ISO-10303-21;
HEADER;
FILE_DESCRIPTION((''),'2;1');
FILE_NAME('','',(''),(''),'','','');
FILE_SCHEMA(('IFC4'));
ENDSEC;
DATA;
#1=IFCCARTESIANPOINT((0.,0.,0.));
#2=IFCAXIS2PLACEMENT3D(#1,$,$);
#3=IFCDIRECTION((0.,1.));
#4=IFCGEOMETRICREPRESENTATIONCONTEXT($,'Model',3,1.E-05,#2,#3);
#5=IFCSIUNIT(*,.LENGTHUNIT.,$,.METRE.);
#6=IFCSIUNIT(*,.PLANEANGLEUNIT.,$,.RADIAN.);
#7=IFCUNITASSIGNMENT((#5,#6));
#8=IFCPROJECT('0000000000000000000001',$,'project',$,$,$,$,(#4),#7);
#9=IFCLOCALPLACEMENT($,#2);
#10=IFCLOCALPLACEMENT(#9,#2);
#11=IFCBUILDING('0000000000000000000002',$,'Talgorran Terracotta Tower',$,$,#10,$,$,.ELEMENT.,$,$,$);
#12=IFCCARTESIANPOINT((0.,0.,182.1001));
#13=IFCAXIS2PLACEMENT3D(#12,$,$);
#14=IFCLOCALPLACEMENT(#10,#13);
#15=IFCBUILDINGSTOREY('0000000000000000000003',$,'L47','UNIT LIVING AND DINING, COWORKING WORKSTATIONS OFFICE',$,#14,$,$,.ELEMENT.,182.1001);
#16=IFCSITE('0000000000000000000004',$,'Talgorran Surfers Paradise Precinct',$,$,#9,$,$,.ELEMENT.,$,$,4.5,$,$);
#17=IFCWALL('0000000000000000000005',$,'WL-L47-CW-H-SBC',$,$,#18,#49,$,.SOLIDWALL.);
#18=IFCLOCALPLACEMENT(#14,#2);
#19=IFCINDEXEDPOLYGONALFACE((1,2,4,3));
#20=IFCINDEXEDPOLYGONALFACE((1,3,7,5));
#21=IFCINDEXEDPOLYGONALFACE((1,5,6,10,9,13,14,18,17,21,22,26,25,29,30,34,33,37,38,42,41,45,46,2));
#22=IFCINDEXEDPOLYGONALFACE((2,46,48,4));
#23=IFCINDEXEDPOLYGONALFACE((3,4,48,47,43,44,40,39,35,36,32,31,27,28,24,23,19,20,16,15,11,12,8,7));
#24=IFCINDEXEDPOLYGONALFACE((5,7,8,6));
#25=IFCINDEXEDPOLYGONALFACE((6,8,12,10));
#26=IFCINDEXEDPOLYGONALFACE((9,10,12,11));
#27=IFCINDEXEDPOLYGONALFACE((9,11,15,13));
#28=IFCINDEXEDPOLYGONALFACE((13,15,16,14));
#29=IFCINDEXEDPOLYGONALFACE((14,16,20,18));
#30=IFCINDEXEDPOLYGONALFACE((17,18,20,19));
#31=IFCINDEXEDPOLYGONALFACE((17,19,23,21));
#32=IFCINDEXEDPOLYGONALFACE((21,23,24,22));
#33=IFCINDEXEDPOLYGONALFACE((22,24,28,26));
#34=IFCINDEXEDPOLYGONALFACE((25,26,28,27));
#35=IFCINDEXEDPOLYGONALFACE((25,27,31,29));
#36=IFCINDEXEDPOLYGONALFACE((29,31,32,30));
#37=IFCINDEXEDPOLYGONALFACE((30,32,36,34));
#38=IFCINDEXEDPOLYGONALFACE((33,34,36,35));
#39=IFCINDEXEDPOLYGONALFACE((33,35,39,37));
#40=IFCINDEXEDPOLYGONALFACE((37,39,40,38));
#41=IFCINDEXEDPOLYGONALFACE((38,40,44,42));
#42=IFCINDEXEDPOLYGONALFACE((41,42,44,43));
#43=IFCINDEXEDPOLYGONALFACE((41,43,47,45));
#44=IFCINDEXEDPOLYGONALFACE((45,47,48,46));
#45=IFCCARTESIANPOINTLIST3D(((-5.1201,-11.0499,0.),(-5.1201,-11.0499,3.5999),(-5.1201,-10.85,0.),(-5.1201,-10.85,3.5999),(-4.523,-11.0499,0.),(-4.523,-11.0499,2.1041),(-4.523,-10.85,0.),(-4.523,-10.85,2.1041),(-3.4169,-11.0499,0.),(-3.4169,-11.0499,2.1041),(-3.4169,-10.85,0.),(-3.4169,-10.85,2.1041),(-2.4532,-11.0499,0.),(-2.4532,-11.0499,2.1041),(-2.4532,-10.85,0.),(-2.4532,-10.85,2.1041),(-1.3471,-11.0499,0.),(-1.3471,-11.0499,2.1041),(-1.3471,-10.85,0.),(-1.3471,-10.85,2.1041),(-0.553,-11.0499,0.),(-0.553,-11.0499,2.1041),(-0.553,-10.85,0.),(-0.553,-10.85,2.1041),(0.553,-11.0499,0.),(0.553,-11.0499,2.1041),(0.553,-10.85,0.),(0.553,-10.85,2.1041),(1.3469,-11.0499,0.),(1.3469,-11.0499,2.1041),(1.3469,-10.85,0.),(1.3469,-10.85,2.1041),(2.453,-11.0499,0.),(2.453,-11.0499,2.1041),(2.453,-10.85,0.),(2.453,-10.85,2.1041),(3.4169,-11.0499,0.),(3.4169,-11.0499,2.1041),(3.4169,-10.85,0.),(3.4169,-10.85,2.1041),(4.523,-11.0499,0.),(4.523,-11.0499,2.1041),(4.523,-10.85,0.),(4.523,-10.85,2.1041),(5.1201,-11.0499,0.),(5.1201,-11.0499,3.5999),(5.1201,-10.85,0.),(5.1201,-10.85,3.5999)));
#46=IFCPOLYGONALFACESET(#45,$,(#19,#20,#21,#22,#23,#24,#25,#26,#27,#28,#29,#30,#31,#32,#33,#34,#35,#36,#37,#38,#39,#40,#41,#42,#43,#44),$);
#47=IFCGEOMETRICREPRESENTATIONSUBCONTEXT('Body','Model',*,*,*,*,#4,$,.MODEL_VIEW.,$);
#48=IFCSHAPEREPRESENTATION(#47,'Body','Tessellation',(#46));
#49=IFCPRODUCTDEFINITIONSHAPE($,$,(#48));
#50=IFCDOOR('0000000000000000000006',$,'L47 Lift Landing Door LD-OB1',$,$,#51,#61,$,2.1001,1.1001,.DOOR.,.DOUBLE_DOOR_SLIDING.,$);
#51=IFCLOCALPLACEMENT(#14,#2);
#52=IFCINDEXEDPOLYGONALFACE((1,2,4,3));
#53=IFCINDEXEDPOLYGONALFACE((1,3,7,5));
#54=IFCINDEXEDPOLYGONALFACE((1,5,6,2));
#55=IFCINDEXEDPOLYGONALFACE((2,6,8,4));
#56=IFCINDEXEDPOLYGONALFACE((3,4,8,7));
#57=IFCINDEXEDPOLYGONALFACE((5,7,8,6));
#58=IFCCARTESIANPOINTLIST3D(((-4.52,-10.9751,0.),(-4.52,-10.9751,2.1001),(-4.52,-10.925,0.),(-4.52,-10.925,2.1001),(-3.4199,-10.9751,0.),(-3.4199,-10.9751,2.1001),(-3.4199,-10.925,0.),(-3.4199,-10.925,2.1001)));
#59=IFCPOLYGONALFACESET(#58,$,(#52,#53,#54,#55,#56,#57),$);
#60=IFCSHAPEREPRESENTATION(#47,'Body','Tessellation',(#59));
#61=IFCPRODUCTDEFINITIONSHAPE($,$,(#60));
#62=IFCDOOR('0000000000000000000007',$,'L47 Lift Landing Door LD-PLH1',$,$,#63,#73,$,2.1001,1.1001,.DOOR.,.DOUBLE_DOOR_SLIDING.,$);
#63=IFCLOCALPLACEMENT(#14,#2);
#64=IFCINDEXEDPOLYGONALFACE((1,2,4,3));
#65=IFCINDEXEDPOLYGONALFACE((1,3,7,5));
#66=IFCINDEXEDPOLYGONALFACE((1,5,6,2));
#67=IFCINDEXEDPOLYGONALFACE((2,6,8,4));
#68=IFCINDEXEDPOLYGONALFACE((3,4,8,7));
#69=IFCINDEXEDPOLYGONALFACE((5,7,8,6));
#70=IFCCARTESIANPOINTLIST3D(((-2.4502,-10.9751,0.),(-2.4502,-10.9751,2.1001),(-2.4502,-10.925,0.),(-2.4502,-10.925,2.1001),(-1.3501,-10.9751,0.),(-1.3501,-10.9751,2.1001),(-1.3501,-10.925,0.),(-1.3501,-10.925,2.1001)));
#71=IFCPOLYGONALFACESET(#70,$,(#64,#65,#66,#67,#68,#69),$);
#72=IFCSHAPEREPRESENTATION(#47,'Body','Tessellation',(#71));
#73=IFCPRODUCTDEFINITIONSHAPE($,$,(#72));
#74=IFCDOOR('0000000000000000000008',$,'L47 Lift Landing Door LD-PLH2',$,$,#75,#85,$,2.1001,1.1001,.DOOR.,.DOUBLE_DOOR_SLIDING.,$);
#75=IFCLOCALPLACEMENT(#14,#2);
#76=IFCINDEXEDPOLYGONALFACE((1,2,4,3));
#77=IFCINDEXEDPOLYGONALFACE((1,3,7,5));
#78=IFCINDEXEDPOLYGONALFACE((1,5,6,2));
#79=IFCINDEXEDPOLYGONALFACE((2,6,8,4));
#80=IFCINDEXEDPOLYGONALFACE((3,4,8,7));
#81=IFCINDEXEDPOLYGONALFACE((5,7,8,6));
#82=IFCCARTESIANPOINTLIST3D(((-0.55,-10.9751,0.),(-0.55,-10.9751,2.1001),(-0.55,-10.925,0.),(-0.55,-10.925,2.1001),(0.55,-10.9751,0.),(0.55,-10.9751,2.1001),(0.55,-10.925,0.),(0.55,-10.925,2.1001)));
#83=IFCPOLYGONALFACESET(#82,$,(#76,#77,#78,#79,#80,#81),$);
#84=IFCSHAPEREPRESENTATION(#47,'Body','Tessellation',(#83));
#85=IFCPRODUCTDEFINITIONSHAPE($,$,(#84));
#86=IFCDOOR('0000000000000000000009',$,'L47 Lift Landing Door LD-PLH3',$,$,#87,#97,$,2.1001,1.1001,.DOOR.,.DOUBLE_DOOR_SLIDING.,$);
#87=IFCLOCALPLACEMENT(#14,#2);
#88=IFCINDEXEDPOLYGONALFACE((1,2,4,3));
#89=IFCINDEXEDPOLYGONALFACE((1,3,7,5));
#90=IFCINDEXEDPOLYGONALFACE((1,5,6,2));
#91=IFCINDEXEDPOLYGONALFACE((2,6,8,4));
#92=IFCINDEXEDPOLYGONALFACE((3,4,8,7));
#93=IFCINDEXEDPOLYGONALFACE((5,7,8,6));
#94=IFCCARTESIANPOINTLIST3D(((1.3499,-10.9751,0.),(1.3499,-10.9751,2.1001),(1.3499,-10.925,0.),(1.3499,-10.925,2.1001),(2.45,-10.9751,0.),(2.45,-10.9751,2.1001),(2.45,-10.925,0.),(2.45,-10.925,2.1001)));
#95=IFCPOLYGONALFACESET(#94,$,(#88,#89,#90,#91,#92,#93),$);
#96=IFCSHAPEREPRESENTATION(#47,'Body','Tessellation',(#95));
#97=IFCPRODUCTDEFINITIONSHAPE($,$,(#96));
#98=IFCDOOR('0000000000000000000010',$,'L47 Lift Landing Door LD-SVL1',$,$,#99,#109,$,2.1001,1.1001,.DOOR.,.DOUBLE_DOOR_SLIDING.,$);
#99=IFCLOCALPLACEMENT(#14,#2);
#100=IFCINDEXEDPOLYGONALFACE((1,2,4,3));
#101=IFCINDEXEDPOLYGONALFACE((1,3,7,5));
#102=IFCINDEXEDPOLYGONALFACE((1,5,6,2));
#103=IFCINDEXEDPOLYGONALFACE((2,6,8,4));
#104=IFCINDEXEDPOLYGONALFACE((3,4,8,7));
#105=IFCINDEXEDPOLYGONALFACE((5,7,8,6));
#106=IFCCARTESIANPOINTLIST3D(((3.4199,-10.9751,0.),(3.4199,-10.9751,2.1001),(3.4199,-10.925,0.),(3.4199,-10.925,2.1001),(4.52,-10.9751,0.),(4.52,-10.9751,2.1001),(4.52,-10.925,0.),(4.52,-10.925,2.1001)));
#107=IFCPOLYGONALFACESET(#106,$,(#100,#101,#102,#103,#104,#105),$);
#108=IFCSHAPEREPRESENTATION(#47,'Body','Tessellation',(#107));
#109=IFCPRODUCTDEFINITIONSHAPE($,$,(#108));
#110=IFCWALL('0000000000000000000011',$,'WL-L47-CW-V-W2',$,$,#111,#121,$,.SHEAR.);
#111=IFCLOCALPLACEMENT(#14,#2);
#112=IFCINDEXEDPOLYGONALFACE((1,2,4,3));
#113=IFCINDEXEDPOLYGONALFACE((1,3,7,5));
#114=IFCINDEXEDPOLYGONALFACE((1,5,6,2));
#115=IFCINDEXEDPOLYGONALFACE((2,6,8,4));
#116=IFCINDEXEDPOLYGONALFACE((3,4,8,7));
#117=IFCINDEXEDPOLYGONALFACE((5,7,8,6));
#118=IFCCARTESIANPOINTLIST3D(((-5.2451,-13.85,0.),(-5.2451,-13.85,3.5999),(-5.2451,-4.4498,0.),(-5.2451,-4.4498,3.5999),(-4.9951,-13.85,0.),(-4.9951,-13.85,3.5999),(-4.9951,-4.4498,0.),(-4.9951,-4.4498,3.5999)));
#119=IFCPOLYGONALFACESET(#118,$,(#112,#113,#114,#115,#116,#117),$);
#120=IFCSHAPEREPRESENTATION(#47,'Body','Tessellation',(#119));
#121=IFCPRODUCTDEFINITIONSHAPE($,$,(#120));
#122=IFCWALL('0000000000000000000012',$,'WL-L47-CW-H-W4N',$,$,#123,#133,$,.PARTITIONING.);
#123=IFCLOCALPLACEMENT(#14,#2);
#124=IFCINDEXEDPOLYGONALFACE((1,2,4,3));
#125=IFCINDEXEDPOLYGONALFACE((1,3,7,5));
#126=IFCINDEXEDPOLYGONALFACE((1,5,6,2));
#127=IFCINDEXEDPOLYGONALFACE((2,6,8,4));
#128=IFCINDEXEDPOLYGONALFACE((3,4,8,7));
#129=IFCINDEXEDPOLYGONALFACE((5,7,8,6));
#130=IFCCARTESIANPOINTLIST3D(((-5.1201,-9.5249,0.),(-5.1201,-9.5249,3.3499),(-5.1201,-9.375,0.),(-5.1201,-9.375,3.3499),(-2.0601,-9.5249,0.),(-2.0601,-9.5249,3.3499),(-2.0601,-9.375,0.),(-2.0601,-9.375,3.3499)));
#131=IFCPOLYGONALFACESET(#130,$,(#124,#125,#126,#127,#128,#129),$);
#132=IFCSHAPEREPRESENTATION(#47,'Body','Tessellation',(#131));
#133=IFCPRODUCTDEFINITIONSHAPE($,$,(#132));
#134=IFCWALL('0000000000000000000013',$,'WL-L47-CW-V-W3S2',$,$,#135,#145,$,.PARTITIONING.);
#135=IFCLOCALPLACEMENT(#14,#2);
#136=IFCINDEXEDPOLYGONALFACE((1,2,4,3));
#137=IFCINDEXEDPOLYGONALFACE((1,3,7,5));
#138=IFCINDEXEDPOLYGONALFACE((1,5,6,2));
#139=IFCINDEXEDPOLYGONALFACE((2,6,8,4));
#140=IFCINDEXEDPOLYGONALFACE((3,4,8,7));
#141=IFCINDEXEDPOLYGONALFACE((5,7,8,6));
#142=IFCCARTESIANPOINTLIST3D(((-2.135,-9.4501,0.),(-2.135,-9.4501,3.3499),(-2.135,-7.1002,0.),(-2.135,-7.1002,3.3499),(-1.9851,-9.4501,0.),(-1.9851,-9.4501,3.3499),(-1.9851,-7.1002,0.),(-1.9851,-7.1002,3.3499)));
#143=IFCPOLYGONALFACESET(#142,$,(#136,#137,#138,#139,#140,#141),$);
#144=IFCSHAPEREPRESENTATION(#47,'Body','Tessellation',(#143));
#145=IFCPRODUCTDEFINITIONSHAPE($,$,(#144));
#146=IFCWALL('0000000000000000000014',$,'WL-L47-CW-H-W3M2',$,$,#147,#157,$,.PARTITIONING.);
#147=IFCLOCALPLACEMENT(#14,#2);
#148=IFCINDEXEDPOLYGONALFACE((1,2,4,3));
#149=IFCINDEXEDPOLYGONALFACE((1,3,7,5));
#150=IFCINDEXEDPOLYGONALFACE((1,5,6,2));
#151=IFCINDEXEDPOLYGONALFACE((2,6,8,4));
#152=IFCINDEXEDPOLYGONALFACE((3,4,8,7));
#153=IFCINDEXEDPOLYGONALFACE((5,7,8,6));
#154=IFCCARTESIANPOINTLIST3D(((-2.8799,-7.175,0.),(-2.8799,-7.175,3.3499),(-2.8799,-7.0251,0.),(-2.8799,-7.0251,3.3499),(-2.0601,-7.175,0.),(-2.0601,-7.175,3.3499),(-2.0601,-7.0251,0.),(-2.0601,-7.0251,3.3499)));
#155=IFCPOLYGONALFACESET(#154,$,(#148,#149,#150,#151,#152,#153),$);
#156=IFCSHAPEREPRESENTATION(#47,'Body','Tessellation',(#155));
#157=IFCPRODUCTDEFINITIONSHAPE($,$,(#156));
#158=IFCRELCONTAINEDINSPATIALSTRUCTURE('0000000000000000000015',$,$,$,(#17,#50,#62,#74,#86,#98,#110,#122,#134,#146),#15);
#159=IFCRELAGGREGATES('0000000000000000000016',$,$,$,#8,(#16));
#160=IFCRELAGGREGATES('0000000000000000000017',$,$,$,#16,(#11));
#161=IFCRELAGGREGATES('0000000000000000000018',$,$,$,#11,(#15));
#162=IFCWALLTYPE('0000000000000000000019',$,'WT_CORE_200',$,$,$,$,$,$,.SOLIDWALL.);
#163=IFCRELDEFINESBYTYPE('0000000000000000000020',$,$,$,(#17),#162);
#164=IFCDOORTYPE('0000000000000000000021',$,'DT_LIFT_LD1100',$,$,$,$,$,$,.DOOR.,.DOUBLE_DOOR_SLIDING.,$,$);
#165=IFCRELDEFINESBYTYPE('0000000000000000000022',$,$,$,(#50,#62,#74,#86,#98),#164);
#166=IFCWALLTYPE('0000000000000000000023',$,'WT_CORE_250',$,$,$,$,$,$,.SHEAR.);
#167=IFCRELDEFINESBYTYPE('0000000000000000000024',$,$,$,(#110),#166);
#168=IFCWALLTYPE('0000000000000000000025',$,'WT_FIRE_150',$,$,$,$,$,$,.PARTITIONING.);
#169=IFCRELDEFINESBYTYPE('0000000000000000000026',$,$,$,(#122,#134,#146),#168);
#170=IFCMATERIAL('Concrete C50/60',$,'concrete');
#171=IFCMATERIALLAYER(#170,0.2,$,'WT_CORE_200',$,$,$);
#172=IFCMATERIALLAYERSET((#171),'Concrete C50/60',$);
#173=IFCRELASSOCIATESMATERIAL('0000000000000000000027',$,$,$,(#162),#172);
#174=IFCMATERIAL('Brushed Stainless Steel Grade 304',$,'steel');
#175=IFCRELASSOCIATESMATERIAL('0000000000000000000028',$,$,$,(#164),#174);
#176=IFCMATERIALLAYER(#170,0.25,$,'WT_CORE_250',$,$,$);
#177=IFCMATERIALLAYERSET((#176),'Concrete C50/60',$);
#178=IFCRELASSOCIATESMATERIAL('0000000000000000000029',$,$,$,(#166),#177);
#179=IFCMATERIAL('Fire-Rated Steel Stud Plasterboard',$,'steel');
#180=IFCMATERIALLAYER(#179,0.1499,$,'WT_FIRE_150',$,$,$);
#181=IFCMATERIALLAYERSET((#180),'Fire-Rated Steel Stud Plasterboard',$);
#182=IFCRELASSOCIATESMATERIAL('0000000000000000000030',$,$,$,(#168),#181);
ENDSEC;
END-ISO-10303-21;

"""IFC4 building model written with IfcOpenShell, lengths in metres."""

from ifc_helpers import new_model, si_unit, direction, frame, frame_2d, origin, place, context, subcontext, project, spatial, rectangle, extrude, material, layer, layer_set, type_object, element, fill, save


model = new_model("IFC4")

# Units and contexts
model_context = context("Model", 3, precision=1e-05, world=origin(), true_north=direction((0.0, 1.0)))
body_context = subcontext(model_context, "Body", "Model", "MODEL_VIEW")
ifc_project = project(units=[si_unit("LENGTHUNIT", "METRE"), si_unit("PLANEANGLEUNIT", "RADIAN")], contexts=[model_context])

# Site, building, storey
site_placement = place(None, origin())
site = spatial("IfcSite", under=ifc_project, at=site_placement, Name="Talgorran Surfers Paradise Precinct", CompositionType="ELEMENT", RefElevation=4.5)
building_placement = place(site_placement, origin())
building = spatial("IfcBuilding", under=site, at=building_placement, Name="Talgorran Terracotta Tower", CompositionType="ELEMENT")
storey_placement = place(building_placement, frame((0.0, 0.0, 182.1001)))
storey = spatial("IfcBuildingStorey", under=building, at=storey_placement, Name="L47", Description="UNIT LIVING AND DINING, COWORKING WORKSTATIONS OFFICE", CompositionType="ELEMENT", Elevation=182.1001)

# Shared definitions
ifc_material_1 = material(Name="Concrete C50/60", Category="concrete")

# Wall, openings, doors
ifc_layer_1 = layer(ifc_material_1, 0.2, Name="WT_CORE_200")
ifc_layer_set_1 = layer_set([ifc_layer_1], Name="Concrete C50/60")
wall_type_1 = type_object("IfcWallType", Name="WT_CORE_200", PredefinedType="SOLIDWALL", material=ifc_layer_set_1)
wall_1_placement = place(storey_placement, frame((-5.1201, -10.95, 0.0), z_axis=(0.0, 0.0, 1.0), x_axis=(1.0, 0.0, 0.0)))
wall_1 = element("IfcWall", 1, at=wall_1_placement, inside=storey, type_object=wall_type_1, Name="WL-L47-CW-H-SBC", PredefinedType="SOLIDWALL", context=body_context, shape_type="SweptSolid", body=[
    extrude(rectangle(XDim=10.2402, YDim=0.2, at=frame_2d((5.1201, 0.0))), origin(), (0.0, 0.0, 1.0), 3.5999),
])
opening_1_placement = place(wall_1_placement, frame((0.6001, 0.0, 0.0)))
opening_1 = element("IfcOpeningElement", 2, at=opening_1_placement, cuts=wall_1, PredefinedType="OPENING", context=body_context, shape_type="SweptSolid", body=[
    extrude(rectangle(XDim=1.1061, YDim=2.1041, at=frame_2d((0.55, 1.052))), frame((0.0, 0.1099, 0.0), z_axis=(0.0, -1.0, 0.0), x_axis=(1.0, 0.0, 0.0)), (0.0, 0.0, 1.0), 0.22),
])
opening_2_placement = place(wall_1_placement, frame((2.6699, 0.0, 0.0)))
opening_2 = element("IfcOpeningElement", 3, at=opening_2_placement, cuts=wall_1, PredefinedType="OPENING", context=body_context, shape_type="SweptSolid", body=[
    extrude(rectangle(XDim=1.1061, YDim=2.1041, at=frame_2d((0.55, 1.052))), frame((0.0, 0.1099, 0.0), z_axis=(0.0, -1.0, 0.0), x_axis=(1.0, 0.0, 0.0)), (0.0, 0.0, 1.0), 0.22),
])
opening_3_placement = place(wall_1_placement, frame((4.5701, 0.0, 0.0)))
opening_3 = element("IfcOpeningElement", 4, at=opening_3_placement, cuts=wall_1, PredefinedType="OPENING", context=body_context, shape_type="SweptSolid", body=[
    extrude(rectangle(XDim=1.1061, YDim=2.1041, at=frame_2d((0.55, 1.052))), frame((0.0, 0.1099, 0.0), z_axis=(0.0, -1.0, 0.0), x_axis=(1.0, 0.0, 0.0)), (0.0, 0.0, 1.0), 0.22),
])
opening_4_placement = place(wall_1_placement, frame((6.47, 0.0, 0.0)))
opening_4 = element("IfcOpeningElement", 5, at=opening_4_placement, cuts=wall_1, PredefinedType="OPENING", context=body_context, shape_type="SweptSolid", body=[
    extrude(rectangle(XDim=1.1061, YDim=2.1041, at=frame_2d((0.55, 1.052))), frame((0.0, 0.1099, 0.0), z_axis=(0.0, -1.0, 0.0), x_axis=(1.0, 0.0, 0.0)), (0.0, 0.0, 1.0), 0.22),
])
opening_5_placement = place(wall_1_placement, frame((8.54, 0.0, 0.0)))
opening_5 = element("IfcOpeningElement", 6, at=opening_5_placement, cuts=wall_1, PredefinedType="OPENING", context=body_context, shape_type="SweptSolid", body=[
    extrude(rectangle(XDim=1.1061, YDim=2.1041, at=frame_2d((0.55, 1.052))), frame((0.0, 0.1099, 0.0), z_axis=(0.0, -1.0, 0.0), x_axis=(1.0, 0.0, 0.0)), (0.0, 0.0, 1.0), 0.22),
])
ifc_material_2 = material(Name="Brushed Stainless Steel Grade 304", Category="steel")
door_type_1 = type_object("IfcDoorType", Name="DT_LIFT_LD1100", OperationType="DOUBLE_DOOR_SLIDING", PredefinedType="DOOR", material=ifc_material_2)
door_1_placement = place(opening_1_placement, origin())
door_1 = element("IfcDoor", 7, at=door_1_placement, inside=storey, type_object=door_type_1, Name="L47 Lift Landing Door LD-OB1", OperationType="DOUBLE_DOOR_SLIDING", OverallHeight=2.1001, OverallWidth=1.1001, PredefinedType="DOOR", context=body_context, shape_type="SweptSolid", body=[
    extrude(rectangle(XDim=1.1001, YDim=2.1001, at=frame_2d((0.55, 1.05))), frame((0.0, 0.0249, 0.0), z_axis=(0.0, -1.0, 0.0), x_axis=(1.0, 0.0, 0.0)), (0.0, 0.0, 1.0), 0.05),
])
fill(opening_1, door_1)
door_2_placement = place(opening_2_placement, origin())
door_2 = element("IfcDoor", 8, at=door_2_placement, inside=storey, type_object=door_type_1, Name="L47 Lift Landing Door LD-PLH1", OperationType="DOUBLE_DOOR_SLIDING", OverallHeight=2.1001, OverallWidth=1.1001, PredefinedType="DOOR", context=body_context, shape_type="SweptSolid", body=[
    extrude(rectangle(XDim=1.1001, YDim=2.1001, at=frame_2d((0.55, 1.05))), frame((0.0, 0.0249, 0.0), z_axis=(0.0, -1.0, 0.0), x_axis=(1.0, 0.0, 0.0)), (0.0, 0.0, 1.0), 0.05),
])
fill(opening_2, door_2)
door_3_placement = place(opening_3_placement, origin())
door_3 = element("IfcDoor", 9, at=door_3_placement, inside=storey, type_object=door_type_1, Name="L47 Lift Landing Door LD-PLH2", OperationType="DOUBLE_DOOR_SLIDING", OverallHeight=2.1001, OverallWidth=1.1001, PredefinedType="DOOR", context=body_context, shape_type="SweptSolid", body=[
    extrude(rectangle(XDim=1.1001, YDim=2.1001, at=frame_2d((0.55, 1.05))), frame((0.0, 0.0249, 0.0), z_axis=(0.0, -1.0, 0.0), x_axis=(1.0, 0.0, 0.0)), (0.0, 0.0, 1.0), 0.05),
])
fill(opening_3, door_3)
door_4_placement = place(opening_4_placement, origin())
door_4 = element("IfcDoor", 10, at=door_4_placement, inside=storey, type_object=door_type_1, Name="L47 Lift Landing Door LD-PLH3", OperationType="DOUBLE_DOOR_SLIDING", OverallHeight=2.1001, OverallWidth=1.1001, PredefinedType="DOOR", context=body_context, shape_type="SweptSolid", body=[
    extrude(rectangle(XDim=1.1001, YDim=2.1001, at=frame_2d((0.55, 1.05))), frame((0.0, 0.0249, 0.0), z_axis=(0.0, -1.0, 0.0), x_axis=(1.0, 0.0, 0.0)), (0.0, 0.0, 1.0), 0.05),
])
fill(opening_4, door_4)
door_5_placement = place(opening_5_placement, origin())
door_5 = element("IfcDoor", 11, at=door_5_placement, inside=storey, type_object=door_type_1, Name="L47 Lift Landing Door LD-SVL1", OperationType="DOUBLE_DOOR_SLIDING", OverallHeight=2.1001, OverallWidth=1.1001, PredefinedType="DOOR", context=body_context, shape_type="SweptSolid", body=[
    extrude(rectangle(XDim=1.1001, YDim=2.1001, at=frame_2d((0.55, 1.05))), frame((0.0, 0.0249, 0.0), z_axis=(0.0, -1.0, 0.0), x_axis=(1.0, 0.0, 0.0)), (0.0, 0.0, 1.0), 0.05),
])
fill(opening_5, door_5)

# Walls
ifc_layer_2 = layer(ifc_material_1, 0.25, Name="WT_CORE_250")
ifc_layer_set_2 = layer_set([ifc_layer_2], Name="Concrete C50/60")
wall_type_2 = type_object("IfcWallType", Name="WT_CORE_250", PredefinedType="SHEAR", material=ifc_layer_set_2)
wall_2_placement = place(storey_placement, frame((-5.1201, -13.8501, 0.0), z_axis=(0.0, 0.0, 1.0), x_axis=(0.0, 1.0, 0.0)))
element("IfcWall", 12, at=wall_2_placement, inside=storey, type_object=wall_type_2, Name="WL-L47-CW-V-W2", PredefinedType="SHEAR", context=body_context, shape_type="SweptSolid", body=[
    extrude(rectangle(XDim=9.4001, YDim=0.25, at=frame_2d((4.7002, 0.0))), origin(), (0.0, 0.0, 1.0), 3.5999),
])
ifc_material_3 = material(Name="Fire-Rated Steel Stud Plasterboard", Category="steel")
ifc_layer_3 = layer(ifc_material_3, 0.1499, Name="WT_FIRE_150")
ifc_layer_set_3 = layer_set([ifc_layer_3], Name="Fire-Rated Steel Stud Plasterboard")
wall_type_3 = type_object("IfcWallType", Name="WT_FIRE_150", PredefinedType="PARTITIONING", material=ifc_layer_set_3)
wall_3_placement = place(storey_placement, frame((-5.1201, -9.45, 0.0), z_axis=(0.0, 0.0, 1.0), x_axis=(1.0, 0.0, 0.0)))
element("IfcWall", 13, at=wall_3_placement, inside=storey, type_object=wall_type_3, Name="WL-L47-CW-H-W4N", PredefinedType="PARTITIONING", context=body_context, shape_type="SweptSolid", body=[
    extrude(rectangle(XDim=3.0601, YDim=0.1499, at=frame_2d((1.53, 0.0))), origin(), (0.0, 0.0, 1.0), 3.3499),
])
wall_4_placement = place(storey_placement, frame((-2.0601, -9.45, 0.0), z_axis=(0.0, 0.0, 1.0), x_axis=(0.0, 1.0, 0.0)))
element("IfcWall", 14, at=wall_4_placement, inside=storey, type_object=wall_type_3, Name="WL-L47-CW-V-W3S2", PredefinedType="PARTITIONING", context=body_context, shape_type="SweptSolid", body=[
    extrude(rectangle(XDim=2.3499, YDim=0.1499, at=frame_2d((1.1748, 0.0))), origin(), (0.0, 0.0, 1.0), 3.3499),
])
wall_5_placement = place(storey_placement, frame((-2.8799, -7.1001, 0.0), z_axis=(0.0, 0.0, 1.0), x_axis=(1.0, 0.0, 0.0)))
element("IfcWall", 15, at=wall_5_placement, inside=storey, type_object=wall_type_3, Name="WL-L47-CW-H-W3M2", PredefinedType="PARTITIONING", context=body_context, shape_type="SweptSolid", body=[
    extrude(rectangle(XDim=0.8198, YDim=0.1499, at=frame_2d((0.4099, 0.0))), origin(), (0.0, 0.0, 1.0), 3.3499),
])

save(model, "model.ifc")
